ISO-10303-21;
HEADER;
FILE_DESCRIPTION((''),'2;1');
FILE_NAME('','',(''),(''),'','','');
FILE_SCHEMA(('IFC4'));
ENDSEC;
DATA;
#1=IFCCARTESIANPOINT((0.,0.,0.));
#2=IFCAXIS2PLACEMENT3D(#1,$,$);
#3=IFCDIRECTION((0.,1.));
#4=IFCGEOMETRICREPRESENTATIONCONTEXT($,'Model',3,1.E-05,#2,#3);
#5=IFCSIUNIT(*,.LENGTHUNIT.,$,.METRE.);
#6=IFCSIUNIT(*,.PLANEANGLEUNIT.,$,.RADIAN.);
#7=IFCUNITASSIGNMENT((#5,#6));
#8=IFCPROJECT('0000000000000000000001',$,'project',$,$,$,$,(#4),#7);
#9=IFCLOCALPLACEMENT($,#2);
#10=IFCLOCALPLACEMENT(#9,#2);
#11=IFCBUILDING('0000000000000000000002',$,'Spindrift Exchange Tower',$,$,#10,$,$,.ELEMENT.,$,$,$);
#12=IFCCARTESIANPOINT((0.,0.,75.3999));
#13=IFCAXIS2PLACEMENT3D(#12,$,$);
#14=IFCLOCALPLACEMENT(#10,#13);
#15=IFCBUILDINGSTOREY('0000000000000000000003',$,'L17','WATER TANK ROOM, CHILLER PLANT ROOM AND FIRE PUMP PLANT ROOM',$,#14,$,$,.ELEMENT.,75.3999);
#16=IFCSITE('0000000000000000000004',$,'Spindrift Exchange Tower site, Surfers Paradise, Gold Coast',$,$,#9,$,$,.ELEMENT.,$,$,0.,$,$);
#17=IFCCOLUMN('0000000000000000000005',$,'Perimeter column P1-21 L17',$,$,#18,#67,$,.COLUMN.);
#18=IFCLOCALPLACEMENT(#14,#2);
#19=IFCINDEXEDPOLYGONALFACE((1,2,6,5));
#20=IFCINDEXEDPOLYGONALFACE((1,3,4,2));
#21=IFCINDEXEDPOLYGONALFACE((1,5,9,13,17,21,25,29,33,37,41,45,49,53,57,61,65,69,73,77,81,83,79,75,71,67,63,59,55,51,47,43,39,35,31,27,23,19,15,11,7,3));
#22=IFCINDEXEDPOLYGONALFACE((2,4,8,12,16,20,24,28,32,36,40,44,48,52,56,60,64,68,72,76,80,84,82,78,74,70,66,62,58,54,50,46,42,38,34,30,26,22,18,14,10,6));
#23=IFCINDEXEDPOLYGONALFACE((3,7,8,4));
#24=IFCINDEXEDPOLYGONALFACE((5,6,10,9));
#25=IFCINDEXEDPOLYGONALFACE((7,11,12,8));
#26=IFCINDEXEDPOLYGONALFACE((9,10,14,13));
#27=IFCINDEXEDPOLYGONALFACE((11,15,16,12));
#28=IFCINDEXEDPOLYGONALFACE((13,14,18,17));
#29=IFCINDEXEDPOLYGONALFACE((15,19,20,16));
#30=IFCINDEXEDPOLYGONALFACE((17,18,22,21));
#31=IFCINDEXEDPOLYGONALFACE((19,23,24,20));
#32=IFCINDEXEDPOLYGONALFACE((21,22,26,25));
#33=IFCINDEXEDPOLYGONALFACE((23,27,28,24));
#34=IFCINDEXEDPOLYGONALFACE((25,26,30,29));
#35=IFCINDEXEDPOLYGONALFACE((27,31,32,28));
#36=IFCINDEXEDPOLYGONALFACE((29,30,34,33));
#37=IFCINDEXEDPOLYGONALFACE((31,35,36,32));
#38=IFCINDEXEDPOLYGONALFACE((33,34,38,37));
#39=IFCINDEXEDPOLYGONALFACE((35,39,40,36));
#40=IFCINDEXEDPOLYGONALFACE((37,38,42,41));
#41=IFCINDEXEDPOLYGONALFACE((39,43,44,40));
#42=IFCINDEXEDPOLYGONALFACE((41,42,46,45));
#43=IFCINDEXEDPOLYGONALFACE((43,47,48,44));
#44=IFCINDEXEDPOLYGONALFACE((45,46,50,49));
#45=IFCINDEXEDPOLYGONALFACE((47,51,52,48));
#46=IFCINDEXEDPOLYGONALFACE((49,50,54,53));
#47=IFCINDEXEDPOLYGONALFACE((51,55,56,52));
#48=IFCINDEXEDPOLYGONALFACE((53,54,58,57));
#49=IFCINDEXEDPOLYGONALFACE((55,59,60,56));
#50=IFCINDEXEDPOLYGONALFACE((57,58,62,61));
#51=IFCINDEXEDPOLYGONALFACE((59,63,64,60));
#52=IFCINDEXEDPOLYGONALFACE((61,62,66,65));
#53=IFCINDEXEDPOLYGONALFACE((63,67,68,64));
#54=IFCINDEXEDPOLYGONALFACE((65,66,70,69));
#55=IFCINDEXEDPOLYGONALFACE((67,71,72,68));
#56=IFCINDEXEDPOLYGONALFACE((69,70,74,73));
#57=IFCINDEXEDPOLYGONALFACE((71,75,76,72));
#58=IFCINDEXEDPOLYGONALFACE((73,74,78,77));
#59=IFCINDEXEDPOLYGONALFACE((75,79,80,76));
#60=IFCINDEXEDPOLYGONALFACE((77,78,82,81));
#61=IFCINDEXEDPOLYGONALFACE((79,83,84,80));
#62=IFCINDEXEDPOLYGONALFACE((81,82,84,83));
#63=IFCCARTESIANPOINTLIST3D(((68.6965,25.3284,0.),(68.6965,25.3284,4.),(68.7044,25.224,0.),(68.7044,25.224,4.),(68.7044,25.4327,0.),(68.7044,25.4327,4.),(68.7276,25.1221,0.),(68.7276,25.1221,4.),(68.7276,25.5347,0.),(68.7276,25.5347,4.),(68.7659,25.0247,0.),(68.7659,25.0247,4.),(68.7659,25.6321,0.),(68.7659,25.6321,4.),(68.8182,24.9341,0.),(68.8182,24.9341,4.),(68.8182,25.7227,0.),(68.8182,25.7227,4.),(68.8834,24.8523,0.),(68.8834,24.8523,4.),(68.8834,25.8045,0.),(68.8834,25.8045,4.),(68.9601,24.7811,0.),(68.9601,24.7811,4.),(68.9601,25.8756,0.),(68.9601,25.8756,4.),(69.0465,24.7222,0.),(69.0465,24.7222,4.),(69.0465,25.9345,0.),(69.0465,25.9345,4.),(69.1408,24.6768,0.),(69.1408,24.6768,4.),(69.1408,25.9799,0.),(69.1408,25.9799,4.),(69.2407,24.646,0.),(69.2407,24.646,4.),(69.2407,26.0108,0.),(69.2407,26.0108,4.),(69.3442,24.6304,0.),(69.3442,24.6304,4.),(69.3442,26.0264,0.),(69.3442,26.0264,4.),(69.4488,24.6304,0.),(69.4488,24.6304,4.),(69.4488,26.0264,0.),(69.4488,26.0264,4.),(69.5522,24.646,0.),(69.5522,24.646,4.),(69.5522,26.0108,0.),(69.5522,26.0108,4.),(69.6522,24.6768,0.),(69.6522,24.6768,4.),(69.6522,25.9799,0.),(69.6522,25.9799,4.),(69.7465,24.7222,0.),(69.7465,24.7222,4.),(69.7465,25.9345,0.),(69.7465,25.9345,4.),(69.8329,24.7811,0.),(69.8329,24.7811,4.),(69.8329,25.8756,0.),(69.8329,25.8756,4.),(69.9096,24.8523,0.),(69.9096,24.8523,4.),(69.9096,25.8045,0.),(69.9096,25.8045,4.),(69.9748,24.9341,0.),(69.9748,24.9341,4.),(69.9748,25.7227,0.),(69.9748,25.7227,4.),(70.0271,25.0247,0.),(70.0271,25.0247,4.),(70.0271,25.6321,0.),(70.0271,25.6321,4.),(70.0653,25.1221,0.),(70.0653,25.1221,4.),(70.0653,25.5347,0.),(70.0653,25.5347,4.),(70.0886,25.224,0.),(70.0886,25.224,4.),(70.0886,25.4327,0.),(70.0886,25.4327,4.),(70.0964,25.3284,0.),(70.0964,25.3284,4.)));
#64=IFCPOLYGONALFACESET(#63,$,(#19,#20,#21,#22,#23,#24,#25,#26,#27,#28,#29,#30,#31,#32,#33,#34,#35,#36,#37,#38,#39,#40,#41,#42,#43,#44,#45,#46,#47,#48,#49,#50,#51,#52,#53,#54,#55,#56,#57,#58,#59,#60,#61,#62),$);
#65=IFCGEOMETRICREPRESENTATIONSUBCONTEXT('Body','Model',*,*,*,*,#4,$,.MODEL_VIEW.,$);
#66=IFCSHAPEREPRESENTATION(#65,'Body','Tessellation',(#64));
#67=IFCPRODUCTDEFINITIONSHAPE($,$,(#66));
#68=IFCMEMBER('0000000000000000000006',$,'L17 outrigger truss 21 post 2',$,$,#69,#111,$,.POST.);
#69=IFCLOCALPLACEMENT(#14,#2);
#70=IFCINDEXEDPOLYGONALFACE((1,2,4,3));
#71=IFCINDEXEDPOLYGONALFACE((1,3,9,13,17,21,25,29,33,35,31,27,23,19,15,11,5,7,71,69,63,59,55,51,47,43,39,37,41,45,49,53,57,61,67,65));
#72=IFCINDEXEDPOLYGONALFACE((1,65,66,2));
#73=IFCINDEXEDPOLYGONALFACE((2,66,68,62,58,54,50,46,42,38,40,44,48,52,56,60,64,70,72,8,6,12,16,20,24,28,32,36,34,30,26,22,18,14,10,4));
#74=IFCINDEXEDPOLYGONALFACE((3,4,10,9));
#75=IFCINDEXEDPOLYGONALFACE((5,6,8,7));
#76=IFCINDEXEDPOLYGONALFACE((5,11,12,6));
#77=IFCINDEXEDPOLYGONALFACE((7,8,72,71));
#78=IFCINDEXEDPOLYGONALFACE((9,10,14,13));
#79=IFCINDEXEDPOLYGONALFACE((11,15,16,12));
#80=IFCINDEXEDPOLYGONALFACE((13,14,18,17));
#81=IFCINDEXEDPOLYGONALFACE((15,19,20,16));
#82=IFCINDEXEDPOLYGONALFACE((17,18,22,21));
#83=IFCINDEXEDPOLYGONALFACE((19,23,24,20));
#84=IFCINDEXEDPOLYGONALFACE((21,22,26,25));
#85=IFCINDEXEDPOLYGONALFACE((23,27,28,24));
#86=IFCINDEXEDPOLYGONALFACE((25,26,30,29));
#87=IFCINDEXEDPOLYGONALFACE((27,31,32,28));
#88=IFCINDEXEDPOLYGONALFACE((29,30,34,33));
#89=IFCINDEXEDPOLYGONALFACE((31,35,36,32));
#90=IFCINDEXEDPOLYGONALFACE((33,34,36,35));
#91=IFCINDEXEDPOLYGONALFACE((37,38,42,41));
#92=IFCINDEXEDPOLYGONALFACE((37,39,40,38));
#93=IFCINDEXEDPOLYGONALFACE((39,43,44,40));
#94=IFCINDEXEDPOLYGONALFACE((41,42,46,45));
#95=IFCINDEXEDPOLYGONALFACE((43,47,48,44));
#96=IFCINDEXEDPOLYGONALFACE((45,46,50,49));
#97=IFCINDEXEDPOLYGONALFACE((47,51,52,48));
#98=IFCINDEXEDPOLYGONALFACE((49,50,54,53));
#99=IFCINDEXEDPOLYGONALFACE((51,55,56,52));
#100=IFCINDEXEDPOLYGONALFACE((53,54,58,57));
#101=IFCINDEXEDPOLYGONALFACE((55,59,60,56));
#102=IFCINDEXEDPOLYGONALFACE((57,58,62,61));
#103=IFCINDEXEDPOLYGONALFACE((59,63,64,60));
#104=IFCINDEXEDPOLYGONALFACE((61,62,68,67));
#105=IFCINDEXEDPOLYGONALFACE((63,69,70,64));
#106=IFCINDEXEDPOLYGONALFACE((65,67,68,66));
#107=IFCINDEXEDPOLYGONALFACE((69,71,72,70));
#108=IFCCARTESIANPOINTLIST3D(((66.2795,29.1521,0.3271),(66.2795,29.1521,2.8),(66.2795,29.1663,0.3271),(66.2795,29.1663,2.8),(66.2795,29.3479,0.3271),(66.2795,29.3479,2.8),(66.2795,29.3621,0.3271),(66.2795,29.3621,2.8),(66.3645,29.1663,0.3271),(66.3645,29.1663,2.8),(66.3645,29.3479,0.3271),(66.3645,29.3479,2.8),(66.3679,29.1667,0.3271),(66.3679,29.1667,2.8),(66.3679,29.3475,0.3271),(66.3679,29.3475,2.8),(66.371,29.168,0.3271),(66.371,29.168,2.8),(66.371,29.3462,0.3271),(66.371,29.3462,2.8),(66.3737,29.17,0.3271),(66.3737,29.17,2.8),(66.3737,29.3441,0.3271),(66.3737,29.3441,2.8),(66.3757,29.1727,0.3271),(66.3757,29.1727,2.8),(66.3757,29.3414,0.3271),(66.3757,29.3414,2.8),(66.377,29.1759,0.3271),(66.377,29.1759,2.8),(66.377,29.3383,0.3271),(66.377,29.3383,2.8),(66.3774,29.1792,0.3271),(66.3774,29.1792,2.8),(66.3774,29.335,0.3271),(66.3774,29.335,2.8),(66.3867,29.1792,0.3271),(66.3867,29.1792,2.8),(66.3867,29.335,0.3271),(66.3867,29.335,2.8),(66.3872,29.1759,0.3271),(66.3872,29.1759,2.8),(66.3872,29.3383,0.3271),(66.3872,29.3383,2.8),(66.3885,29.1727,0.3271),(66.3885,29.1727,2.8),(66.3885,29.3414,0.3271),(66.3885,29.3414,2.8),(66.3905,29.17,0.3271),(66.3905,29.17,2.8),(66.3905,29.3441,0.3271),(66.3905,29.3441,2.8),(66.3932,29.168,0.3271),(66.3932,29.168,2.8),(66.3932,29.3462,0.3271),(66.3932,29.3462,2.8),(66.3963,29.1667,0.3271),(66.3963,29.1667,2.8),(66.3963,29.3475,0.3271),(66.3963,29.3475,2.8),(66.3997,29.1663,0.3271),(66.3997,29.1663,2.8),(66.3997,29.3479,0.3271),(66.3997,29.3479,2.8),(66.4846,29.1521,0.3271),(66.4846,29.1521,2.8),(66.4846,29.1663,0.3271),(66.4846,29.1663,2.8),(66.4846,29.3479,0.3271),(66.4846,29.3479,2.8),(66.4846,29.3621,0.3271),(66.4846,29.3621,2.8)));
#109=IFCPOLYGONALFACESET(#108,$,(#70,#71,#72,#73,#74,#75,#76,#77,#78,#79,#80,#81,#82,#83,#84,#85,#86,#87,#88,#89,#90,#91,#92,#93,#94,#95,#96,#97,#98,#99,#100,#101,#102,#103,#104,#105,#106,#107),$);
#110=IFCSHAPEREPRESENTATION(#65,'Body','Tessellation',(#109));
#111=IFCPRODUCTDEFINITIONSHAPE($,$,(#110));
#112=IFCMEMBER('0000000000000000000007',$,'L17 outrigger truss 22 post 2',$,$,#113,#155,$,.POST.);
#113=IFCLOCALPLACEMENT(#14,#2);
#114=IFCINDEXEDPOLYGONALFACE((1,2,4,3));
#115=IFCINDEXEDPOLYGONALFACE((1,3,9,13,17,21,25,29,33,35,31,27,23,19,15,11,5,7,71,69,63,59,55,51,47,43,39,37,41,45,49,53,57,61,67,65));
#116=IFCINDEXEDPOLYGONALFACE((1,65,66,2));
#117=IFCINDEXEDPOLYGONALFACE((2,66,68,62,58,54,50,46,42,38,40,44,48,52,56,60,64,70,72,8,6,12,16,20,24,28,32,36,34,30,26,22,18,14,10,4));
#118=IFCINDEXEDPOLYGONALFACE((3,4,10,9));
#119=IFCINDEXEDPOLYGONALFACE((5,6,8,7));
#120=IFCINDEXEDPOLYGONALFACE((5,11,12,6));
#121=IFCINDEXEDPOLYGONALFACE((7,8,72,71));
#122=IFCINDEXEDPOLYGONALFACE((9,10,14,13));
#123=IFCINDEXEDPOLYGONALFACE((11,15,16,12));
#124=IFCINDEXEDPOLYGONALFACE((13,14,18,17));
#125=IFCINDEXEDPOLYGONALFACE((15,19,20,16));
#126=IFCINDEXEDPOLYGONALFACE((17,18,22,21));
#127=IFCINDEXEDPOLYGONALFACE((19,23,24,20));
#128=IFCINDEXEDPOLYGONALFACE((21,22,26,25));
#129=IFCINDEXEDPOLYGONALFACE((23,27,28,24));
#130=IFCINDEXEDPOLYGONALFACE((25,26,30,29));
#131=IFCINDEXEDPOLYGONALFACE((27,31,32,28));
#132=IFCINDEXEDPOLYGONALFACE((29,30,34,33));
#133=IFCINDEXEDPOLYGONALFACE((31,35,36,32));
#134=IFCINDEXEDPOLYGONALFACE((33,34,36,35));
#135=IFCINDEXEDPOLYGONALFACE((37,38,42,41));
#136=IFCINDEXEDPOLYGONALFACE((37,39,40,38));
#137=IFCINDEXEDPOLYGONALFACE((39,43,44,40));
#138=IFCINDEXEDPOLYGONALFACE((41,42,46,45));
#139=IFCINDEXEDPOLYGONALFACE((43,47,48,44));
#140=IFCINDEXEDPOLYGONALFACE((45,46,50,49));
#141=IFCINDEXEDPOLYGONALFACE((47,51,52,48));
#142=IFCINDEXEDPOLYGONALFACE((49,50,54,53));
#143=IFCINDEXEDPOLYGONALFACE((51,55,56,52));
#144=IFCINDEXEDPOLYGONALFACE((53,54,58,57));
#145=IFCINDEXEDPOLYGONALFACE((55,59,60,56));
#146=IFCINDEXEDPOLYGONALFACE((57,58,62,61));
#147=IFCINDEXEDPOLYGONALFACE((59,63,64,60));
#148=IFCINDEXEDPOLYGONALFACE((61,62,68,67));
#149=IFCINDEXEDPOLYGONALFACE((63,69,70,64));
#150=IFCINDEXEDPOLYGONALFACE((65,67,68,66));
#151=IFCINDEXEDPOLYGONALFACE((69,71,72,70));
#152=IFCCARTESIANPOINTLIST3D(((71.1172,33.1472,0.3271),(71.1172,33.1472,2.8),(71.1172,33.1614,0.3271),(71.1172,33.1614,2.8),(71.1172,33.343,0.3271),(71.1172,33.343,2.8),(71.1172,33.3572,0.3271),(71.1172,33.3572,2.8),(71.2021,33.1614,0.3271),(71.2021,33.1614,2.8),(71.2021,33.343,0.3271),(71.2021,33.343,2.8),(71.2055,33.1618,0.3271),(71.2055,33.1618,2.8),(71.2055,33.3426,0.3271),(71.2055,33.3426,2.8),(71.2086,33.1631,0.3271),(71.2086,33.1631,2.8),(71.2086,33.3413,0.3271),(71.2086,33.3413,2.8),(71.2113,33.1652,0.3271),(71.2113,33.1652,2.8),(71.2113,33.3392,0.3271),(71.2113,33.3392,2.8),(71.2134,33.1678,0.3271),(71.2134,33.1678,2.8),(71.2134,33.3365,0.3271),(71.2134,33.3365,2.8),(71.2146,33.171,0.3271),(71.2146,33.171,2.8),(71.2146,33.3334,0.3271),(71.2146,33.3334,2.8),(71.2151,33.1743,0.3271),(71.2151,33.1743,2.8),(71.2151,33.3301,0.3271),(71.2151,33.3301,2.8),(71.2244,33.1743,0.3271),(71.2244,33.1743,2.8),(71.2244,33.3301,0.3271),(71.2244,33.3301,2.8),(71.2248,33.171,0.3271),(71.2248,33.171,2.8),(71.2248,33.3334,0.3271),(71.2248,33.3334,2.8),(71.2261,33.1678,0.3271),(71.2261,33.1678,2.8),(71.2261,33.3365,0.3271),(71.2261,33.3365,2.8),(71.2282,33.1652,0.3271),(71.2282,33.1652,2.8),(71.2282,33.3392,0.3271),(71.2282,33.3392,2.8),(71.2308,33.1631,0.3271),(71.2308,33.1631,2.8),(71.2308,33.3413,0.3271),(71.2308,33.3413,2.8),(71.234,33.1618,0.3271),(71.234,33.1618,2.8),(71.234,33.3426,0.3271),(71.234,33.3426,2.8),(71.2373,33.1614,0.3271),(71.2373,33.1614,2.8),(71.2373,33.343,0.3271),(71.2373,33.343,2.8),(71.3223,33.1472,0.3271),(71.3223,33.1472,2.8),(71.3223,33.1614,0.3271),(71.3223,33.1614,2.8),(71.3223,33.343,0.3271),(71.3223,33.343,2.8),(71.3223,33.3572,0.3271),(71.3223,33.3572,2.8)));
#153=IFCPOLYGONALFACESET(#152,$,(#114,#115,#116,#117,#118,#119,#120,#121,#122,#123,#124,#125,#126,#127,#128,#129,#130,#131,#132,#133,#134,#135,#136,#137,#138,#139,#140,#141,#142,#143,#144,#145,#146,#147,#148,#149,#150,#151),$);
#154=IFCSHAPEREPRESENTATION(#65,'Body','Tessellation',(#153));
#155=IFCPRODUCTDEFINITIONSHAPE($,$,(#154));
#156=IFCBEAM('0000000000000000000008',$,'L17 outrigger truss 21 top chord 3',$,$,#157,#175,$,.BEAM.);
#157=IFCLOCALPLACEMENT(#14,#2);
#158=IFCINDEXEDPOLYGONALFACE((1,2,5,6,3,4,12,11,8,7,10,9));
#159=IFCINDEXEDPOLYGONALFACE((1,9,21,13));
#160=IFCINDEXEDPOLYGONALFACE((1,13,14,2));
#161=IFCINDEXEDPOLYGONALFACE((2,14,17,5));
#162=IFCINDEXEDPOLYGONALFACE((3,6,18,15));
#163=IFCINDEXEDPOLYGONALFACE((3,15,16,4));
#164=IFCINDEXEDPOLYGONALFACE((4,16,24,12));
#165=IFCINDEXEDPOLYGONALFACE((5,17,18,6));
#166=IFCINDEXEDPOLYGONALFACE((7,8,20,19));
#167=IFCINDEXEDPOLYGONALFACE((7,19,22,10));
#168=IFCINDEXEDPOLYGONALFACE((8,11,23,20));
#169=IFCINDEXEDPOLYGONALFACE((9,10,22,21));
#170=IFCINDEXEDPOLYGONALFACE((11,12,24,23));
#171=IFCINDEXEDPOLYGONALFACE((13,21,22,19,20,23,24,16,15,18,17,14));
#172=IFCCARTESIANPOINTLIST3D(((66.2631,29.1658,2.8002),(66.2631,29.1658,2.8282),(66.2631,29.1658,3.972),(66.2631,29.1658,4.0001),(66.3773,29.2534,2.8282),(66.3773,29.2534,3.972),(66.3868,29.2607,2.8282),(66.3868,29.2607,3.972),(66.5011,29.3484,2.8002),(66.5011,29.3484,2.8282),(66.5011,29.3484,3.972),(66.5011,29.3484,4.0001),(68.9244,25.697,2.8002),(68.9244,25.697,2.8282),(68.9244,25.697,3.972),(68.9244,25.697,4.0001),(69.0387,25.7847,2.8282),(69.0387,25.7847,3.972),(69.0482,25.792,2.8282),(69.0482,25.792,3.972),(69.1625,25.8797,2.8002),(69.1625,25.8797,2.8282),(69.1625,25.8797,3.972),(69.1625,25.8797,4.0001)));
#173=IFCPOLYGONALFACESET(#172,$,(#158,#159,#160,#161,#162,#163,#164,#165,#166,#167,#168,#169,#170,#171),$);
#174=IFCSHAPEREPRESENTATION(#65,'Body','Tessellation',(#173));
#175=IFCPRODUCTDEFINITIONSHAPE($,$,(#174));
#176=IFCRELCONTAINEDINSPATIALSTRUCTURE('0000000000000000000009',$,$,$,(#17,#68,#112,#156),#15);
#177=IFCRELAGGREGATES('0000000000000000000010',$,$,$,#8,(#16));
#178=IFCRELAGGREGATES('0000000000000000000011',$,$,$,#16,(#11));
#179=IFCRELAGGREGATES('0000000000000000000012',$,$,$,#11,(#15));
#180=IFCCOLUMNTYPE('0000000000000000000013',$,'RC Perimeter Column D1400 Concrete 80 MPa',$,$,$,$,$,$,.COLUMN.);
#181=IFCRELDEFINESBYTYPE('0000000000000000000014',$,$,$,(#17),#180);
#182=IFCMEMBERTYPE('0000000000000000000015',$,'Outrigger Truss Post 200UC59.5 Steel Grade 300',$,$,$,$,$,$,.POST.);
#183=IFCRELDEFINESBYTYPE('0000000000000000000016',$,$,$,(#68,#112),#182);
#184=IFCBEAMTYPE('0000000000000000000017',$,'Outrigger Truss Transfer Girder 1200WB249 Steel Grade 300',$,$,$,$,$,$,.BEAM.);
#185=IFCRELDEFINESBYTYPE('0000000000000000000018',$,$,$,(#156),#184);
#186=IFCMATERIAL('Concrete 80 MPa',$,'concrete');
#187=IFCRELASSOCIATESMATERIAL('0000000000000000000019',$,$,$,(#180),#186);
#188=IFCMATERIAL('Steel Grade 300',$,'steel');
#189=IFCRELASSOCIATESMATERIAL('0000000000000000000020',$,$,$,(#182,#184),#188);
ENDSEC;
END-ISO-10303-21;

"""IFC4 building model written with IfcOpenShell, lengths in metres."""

from ifc_helpers import new_model, si_unit, direction, frame, origin, origin_2d, place, context, subcontext, project, spatial, circle, i_section, extrude, source, transform, mapped, material, material_profile, profile_set, type_object, element, save


model = new_model("IFC4")

# Units and contexts
model_context = context("Model", 3, precision=1e-05, world=origin(), true_north=direction((0.0, 1.0)))
body_context = subcontext(model_context, "Body", "Model", "MODEL_VIEW")
ifc_project = project(units=[si_unit("LENGTHUNIT", "METRE"), si_unit("PLANEANGLEUNIT", "RADIAN")], contexts=[model_context])

# Site, building, storey
site_placement = place(None, origin())
site = spatial("IfcSite", under=ifc_project, at=site_placement, Name="Spindrift Exchange Tower site, Surfers Paradise, Gold Coast", CompositionType="ELEMENT", RefElevation=0.0)
building_placement = place(site_placement, origin())
building = spatial("IfcBuilding", under=site, at=building_placement, Name="Spindrift Exchange Tower", CompositionType="ELEMENT")
storey_placement = place(building_placement, frame((0.0, 0.0, 75.3999)))
storey = spatial("IfcBuildingStorey", under=building, at=storey_placement, Name="L17", Description="WATER TANK ROOM, CHILLER PLANT ROOM AND FIRE PUMP PLANT ROOM", CompositionType="ELEMENT", Elevation=75.3999)

# Column
ifc_material_1 = material(Name="Concrete 80 MPa", Category="concrete")
ifc_material_profile_1 = material_profile(ifc_material_1, circle(Radius=0.7, at=origin_2d()), Name="RC D1400")
ifc_profile_set_1 = profile_set([ifc_material_profile_1], Name="Concrete 80 MPa")
column_type = type_object("IfcColumnType", Name="RC Perimeter Column D1400 Concrete 80 MPa", PredefinedType="COLUMN", material=ifc_profile_set_1)
shared_shape_1 = source(origin(), body_context, "Body", "SweptSolid", [
    extrude(circle(Radius=0.7, at=origin_2d()), origin(), (0.0, 0.0, 1.0), 4.0),
])
column_placement = place(storey_placement, frame((69.3965, 25.3284, 0.0), z_axis=(0.0, 0.0, 1.0), x_axis=(1.0, 0.0, 0.0)))
element("IfcColumn", 1, at=column_placement, inside=storey, type_object=column_type, Name="Perimeter column P1-21 L17", PredefinedType="COLUMN", context=body_context, shape_type="MappedRepresentation", body=[
    mapped(shared_shape_1, transform((0.0, 0.0, 0.0), scale=1.0)),
])

# Members
ifc_material_2 = material(Name="Steel Grade 300", Category="steel")
ifc_material_profile_2 = material_profile(ifc_material_2, i_section(OverallWidth=0.2051, OverallDepth=0.21, WebThickness=0.0093, FlangeThickness=0.0142, FilletRadius=0.0129, at=origin_2d()), Name="200UC59.5")
ifc_profile_set_2 = profile_set([ifc_material_profile_2], Name="Steel Grade 300")
member_type_1 = type_object("IfcMemberType", Name="Outrigger Truss Post 200UC59.5 Steel Grade 300", PredefinedType="POST", material=ifc_profile_set_2)
shared_shape_2 = source(origin(), body_context, "Body", "SweptSolid", [
    extrude(i_section(OverallWidth=0.2051, OverallDepth=0.21, WebThickness=0.0093, FlangeThickness=0.0142, FilletRadius=0.0129, at=origin_2d()), origin(), (0.0, 0.0, 1.0), 2.4729),
])
for number, where, z_axis, x_axis, name in (
    (2, (66.3821, 29.2571, 0.3271), (0.0, 0.0, 1.0), (1.0, 0.0, 0.0), "L17 outrigger truss 21 post 2"),
    (3, (71.2197, 33.2522, 0.3271), (0.0, 0.0, 1.0), (1.0, 0.0, 0.0), "L17 outrigger truss 22 post 2"),
):
    element("IfcMember", number, at=place(storey_placement, frame(where, z_axis=z_axis, x_axis=x_axis)), inside=storey, type_object=member_type_1, Name=name, PredefinedType="POST", context=body_context, shape_type="MappedRepresentation", body=[
        mapped(shared_shape_2, transform((0.0, 0.0, 0.0), scale=1.0)),
    ])

# Beam
ifc_material_profile_3 = material_profile(ifc_material_2, i_section(OverallWidth=0.3, OverallDepth=1.2, WebThickness=0.012, FlangeThickness=0.0281, at=origin_2d()), Name="1200WB249")
ifc_profile_set_3 = profile_set([ifc_material_profile_3], Name="Steel Grade 300")
beam_type_1 = type_object("IfcBeamType", Name="Outrigger Truss Transfer Girder 1200WB249 Steel Grade 300", PredefinedType="BEAM", material=ifc_profile_set_3)
shared_shape_3 = source(origin(), body_context, "Body", "SweptSolid", [
    extrude(i_section(OverallWidth=0.3, OverallDepth=1.2, WebThickness=0.012, FlangeThickness=0.0281, at=origin_2d()), origin(), (0.0, 0.0, 1.0), 4.3721),
])
beam_1_placement = place(storey_placement, frame((66.3821, 29.2571, 3.4001), z_axis=(0.60872, -0.793385, 0.0), x_axis=(0.793385, 0.60872, 0.0)))
element("IfcBeam", 4, at=beam_1_placement, inside=storey, type_object=beam_type_1, Name="L17 outrigger truss 21 top chord 3", PredefinedType="BEAM", context=body_context, shape_type="MappedRepresentation", body=[
    mapped(shared_shape_3, transform((0.0, 0.0, 0.0), scale=1.0)),
])

save(model, "model.ifc")
